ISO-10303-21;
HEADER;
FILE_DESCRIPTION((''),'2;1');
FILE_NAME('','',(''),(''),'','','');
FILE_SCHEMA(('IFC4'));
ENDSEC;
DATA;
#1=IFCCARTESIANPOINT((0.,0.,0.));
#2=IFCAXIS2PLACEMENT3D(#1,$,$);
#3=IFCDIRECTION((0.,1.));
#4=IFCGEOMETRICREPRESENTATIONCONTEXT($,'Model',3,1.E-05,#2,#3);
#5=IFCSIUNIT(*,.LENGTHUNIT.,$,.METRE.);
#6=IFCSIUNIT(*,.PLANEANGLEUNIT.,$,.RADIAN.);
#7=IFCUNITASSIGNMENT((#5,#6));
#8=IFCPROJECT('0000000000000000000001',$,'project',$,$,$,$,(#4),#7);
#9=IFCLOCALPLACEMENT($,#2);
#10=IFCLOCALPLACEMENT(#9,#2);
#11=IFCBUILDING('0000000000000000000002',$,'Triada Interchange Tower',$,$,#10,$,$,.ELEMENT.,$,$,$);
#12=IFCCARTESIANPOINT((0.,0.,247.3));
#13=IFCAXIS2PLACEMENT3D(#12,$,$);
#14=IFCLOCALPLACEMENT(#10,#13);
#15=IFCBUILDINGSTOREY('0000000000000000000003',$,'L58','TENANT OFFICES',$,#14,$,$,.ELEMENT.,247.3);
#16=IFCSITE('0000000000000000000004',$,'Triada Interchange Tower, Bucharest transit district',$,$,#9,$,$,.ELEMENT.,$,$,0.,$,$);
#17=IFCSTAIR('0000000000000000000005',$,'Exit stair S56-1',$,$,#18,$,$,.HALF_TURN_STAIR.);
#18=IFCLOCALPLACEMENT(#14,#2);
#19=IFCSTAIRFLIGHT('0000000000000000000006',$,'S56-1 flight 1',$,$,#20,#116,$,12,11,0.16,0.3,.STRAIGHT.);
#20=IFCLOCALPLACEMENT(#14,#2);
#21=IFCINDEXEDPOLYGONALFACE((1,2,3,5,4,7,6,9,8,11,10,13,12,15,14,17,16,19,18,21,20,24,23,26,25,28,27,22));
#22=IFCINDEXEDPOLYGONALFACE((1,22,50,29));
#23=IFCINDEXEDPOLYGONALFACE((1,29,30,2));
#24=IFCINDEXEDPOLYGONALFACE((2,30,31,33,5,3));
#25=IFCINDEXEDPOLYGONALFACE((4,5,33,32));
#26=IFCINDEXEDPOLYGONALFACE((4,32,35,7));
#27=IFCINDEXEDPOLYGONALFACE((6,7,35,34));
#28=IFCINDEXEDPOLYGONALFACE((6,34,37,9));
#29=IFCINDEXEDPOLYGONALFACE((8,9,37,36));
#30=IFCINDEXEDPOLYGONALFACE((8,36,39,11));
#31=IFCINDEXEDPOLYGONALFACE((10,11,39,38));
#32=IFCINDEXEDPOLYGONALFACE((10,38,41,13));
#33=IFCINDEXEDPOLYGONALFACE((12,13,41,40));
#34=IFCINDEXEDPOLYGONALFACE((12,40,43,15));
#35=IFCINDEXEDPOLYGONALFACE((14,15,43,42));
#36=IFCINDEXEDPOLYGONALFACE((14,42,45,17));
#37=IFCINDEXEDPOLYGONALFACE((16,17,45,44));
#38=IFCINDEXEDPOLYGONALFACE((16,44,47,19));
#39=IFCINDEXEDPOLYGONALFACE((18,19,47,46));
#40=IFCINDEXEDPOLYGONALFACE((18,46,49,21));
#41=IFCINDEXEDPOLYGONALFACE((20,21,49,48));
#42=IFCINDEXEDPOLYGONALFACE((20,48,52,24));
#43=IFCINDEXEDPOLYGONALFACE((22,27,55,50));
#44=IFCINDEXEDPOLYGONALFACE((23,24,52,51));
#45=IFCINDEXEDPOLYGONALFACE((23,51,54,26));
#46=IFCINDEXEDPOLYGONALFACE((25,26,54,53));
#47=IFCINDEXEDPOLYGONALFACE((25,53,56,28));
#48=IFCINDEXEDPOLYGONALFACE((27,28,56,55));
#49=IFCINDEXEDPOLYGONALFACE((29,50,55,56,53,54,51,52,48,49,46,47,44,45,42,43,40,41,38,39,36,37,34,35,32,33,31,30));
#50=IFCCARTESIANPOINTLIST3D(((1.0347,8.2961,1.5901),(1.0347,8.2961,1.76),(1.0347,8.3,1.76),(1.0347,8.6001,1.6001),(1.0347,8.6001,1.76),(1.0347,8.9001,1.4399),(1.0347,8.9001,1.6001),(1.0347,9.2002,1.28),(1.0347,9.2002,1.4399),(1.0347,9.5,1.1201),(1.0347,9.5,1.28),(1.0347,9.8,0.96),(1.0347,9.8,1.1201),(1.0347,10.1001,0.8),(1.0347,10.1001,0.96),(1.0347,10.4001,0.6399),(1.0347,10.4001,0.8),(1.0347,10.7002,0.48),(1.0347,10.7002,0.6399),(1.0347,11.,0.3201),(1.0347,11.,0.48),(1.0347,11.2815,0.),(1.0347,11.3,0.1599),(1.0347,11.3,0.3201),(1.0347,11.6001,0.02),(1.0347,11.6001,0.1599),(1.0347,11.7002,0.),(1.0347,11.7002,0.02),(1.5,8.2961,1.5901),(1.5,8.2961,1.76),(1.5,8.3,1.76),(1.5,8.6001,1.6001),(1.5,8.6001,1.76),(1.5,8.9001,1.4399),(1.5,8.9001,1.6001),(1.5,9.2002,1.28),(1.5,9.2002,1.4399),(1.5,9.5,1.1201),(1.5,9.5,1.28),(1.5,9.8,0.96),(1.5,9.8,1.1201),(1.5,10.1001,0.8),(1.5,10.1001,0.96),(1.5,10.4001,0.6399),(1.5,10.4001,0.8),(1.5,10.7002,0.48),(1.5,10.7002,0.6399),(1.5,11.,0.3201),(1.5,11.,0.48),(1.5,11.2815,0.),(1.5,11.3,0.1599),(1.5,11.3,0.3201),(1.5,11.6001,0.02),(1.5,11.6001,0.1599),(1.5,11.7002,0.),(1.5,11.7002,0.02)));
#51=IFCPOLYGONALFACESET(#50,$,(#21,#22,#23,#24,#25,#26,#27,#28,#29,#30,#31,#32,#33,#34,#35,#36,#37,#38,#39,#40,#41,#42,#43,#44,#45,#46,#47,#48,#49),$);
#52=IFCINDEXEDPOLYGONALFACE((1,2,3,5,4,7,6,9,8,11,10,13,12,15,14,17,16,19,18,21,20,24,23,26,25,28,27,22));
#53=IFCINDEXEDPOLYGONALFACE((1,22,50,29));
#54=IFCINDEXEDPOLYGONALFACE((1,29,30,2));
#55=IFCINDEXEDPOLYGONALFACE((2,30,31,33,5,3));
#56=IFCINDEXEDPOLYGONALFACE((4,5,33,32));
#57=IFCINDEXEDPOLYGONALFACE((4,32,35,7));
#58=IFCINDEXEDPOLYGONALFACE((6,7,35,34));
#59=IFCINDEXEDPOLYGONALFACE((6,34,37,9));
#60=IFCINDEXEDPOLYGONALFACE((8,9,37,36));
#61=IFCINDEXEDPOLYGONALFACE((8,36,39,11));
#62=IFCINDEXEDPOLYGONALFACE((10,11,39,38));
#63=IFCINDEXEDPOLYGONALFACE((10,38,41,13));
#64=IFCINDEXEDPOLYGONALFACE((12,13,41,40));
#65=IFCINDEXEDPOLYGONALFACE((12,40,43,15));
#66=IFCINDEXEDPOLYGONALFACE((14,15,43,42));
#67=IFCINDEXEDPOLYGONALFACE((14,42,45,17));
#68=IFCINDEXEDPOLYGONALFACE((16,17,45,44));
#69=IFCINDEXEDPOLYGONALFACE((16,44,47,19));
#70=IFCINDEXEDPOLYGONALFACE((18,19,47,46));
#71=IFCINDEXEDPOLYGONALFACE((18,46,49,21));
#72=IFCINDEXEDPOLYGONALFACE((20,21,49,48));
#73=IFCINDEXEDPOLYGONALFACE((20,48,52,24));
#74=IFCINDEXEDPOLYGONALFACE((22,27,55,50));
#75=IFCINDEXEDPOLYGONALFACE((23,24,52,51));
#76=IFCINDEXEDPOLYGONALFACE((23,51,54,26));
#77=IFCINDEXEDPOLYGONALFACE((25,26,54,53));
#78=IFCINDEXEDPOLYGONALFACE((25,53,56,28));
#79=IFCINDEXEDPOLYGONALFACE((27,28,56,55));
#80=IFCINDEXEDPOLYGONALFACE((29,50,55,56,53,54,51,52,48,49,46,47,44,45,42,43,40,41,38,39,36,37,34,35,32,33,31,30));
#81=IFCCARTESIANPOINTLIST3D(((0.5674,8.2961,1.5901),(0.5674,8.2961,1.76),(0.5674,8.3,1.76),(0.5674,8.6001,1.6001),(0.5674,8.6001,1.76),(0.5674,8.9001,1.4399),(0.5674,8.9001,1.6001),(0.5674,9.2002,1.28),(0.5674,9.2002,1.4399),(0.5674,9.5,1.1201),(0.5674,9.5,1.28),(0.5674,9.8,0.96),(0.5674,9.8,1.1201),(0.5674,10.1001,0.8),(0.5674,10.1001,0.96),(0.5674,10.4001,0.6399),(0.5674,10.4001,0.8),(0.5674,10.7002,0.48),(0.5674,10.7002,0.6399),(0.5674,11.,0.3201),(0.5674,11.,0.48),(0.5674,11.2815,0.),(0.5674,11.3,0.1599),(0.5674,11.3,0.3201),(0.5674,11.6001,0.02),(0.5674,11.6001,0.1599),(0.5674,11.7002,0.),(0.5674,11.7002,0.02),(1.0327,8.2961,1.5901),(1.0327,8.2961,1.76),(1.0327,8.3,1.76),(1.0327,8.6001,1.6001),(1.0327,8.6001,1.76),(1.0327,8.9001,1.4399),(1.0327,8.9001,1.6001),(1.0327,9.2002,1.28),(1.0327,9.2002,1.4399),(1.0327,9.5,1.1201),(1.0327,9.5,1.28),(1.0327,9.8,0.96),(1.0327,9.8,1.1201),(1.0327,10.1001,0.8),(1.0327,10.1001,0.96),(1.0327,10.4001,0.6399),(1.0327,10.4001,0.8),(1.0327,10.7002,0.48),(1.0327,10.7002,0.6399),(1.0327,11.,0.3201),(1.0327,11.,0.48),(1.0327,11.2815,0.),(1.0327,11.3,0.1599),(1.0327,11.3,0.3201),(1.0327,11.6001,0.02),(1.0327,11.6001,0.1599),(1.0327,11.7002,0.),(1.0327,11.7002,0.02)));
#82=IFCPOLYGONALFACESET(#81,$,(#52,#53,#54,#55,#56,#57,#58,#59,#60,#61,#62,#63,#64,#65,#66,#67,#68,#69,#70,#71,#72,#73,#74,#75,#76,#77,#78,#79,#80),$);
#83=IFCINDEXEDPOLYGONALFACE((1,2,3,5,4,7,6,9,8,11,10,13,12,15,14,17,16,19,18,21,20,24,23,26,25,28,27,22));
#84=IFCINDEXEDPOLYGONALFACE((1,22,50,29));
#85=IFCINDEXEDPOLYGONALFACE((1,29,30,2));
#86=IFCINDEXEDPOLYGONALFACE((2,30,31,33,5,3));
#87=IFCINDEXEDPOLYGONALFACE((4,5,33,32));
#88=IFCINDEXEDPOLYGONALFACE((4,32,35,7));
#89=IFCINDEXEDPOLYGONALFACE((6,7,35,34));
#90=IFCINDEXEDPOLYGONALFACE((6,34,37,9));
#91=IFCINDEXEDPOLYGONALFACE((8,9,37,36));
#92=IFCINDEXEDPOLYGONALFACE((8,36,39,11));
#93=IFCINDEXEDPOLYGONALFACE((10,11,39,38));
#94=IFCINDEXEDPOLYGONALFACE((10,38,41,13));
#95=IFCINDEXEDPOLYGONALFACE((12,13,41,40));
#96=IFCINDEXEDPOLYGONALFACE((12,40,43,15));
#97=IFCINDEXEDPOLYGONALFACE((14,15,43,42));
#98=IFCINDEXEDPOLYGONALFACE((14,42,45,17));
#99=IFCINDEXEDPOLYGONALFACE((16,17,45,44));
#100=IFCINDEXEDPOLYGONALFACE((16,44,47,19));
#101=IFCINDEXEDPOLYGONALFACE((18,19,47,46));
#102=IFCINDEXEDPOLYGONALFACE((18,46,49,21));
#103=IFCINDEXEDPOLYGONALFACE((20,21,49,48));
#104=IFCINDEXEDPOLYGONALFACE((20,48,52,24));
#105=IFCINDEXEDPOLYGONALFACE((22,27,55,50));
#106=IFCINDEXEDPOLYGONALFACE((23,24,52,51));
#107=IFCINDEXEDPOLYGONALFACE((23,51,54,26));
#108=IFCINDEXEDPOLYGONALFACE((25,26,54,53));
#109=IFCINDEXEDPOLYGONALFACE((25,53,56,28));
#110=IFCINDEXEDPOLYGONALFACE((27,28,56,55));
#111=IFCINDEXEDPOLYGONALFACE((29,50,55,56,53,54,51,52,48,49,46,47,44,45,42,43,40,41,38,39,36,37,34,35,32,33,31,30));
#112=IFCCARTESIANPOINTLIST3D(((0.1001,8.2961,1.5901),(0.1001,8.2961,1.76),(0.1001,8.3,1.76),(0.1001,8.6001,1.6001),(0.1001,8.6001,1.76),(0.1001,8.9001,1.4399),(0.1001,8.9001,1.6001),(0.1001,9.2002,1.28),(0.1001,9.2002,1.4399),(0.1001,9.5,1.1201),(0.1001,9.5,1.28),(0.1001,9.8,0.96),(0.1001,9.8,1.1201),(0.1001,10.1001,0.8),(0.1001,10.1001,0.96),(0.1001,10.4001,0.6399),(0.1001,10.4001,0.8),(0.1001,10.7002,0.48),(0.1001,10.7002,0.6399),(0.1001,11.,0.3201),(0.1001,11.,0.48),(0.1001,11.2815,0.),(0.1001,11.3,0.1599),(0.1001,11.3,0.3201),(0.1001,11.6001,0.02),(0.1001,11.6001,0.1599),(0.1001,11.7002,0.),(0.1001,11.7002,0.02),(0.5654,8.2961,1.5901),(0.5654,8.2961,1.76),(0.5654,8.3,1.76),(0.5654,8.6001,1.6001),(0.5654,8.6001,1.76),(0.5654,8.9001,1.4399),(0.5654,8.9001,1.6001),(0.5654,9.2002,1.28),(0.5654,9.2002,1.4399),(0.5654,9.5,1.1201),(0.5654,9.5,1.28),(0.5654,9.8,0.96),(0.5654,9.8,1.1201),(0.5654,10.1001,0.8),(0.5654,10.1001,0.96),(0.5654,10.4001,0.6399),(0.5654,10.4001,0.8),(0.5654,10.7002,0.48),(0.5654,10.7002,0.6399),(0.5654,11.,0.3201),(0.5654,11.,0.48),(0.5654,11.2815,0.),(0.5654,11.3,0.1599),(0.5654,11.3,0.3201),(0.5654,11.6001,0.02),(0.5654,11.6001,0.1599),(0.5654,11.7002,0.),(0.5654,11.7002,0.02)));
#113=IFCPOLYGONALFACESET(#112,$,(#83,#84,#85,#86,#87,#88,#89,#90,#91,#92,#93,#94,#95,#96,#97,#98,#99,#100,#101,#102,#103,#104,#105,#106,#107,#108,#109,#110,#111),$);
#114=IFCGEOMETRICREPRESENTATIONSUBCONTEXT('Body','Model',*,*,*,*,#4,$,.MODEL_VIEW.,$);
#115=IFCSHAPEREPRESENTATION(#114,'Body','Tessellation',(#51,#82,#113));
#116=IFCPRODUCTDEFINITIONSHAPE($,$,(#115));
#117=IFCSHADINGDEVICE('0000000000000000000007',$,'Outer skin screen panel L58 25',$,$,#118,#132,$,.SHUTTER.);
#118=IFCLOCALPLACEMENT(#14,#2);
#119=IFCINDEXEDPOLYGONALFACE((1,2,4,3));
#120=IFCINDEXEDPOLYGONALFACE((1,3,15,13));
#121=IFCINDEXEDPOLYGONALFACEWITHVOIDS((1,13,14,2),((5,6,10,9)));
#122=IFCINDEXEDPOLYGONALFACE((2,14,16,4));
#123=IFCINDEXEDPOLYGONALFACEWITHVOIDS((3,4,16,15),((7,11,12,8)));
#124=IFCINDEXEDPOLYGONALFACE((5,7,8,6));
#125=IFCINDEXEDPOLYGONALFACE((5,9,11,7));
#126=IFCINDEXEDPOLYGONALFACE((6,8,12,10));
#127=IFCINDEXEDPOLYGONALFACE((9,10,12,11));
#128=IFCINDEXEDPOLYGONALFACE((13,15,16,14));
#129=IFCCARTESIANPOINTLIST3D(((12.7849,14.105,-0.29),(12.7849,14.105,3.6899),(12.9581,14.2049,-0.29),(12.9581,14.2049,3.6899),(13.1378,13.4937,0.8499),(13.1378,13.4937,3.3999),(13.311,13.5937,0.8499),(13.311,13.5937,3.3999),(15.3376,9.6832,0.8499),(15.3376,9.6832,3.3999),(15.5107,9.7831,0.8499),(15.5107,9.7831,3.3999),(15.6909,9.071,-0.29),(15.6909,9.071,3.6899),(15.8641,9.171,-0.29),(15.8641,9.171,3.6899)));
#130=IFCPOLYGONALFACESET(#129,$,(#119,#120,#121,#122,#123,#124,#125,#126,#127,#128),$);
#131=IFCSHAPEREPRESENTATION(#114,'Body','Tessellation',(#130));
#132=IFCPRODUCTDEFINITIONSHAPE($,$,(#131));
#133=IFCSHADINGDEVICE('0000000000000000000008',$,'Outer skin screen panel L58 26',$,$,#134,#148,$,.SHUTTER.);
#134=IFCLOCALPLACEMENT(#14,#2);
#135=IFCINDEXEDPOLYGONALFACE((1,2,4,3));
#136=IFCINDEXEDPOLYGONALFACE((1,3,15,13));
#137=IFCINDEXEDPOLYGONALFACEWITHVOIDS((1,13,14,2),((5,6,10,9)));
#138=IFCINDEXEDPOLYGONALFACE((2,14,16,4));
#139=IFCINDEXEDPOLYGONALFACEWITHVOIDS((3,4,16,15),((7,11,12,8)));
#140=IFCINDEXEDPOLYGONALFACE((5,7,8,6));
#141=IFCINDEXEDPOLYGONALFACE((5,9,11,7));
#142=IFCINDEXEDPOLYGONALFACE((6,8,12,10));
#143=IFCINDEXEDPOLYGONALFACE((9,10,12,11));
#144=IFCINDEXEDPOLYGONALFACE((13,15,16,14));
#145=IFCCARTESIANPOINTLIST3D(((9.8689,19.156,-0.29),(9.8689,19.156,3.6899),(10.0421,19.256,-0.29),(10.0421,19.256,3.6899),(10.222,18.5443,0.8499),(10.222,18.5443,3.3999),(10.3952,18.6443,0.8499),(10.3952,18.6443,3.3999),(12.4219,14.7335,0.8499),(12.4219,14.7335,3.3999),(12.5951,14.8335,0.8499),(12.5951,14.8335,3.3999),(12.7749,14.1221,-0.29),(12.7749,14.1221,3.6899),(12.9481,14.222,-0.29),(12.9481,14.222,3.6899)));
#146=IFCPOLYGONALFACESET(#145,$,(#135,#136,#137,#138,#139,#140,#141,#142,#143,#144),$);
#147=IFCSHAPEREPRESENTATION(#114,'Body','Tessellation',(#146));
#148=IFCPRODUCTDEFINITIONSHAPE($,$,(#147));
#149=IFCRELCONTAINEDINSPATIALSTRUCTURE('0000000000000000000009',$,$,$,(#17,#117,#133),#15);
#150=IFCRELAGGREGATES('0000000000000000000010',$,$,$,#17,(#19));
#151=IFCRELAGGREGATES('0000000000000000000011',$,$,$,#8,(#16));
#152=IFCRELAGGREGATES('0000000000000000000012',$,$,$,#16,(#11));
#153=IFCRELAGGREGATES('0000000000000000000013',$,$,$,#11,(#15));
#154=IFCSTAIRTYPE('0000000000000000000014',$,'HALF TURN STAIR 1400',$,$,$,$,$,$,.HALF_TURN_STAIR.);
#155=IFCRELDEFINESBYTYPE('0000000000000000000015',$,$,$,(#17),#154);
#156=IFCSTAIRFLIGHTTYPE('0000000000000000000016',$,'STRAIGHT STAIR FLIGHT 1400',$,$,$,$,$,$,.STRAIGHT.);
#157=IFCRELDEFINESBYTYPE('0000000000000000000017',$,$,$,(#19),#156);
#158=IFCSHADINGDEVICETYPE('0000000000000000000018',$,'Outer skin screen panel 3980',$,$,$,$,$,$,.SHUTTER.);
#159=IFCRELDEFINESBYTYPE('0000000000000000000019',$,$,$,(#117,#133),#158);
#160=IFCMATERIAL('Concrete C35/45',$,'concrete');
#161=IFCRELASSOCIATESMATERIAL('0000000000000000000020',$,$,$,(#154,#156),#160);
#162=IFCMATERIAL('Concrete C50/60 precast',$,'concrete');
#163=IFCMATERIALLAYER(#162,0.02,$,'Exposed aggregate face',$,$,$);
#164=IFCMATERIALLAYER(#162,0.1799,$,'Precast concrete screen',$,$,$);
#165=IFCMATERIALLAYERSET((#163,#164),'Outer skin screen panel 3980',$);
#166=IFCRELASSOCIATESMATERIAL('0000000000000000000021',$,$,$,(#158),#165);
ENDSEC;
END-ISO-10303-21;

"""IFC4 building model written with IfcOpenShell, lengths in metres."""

from ifc_helpers import new_model, si_unit, direction, frame, origin, place, context, subcontext, project, spatial, polyline, outline, extrude, material, layer, layer_set, type_object, element, aggregate, save


model = new_model("IFC4")

# Units and contexts
model_context = context("Model", 3, precision=1e-05, world=origin(), true_north=direction((0.0, 1.0)))
body_context = subcontext(model_context, "Body", "Model", "MODEL_VIEW")
ifc_project = project(units=[si_unit("LENGTHUNIT", "METRE"), si_unit("PLANEANGLEUNIT", "RADIAN")], contexts=[model_context])

# Site, building, storey
site_placement = place(None, origin())
site = spatial("IfcSite", under=ifc_project, at=site_placement, Name="Triada Interchange Tower, Bucharest transit district", CompositionType="ELEMENT", RefElevation=0.0)
building_placement = place(site_placement, origin())
building = spatial("IfcBuilding", under=site, at=building_placement, Name="Triada Interchange Tower", CompositionType="ELEMENT")
storey_placement = place(building_placement, frame((0.0, 0.0, 247.3)))
storey = spatial("IfcBuildingStorey", under=building, at=storey_placement, Name="L58", Description="TENANT OFFICES", CompositionType="ELEMENT", Elevation=247.3)

# Stair, stair flight
ifc_material_1 = material(Name="Concrete C35/45", Category="concrete")
stair_type = type_object("IfcStairType", Name="HALF TURN STAIR 1400", PredefinedType="HALF_TURN_STAIR", material=ifc_material_1)
stair_placement = place(storey_placement, origin())
stair = element("IfcStair", 1, at=stair_placement, inside=storey, type_object=stair_type, Name="Exit stair S56-1", PredefinedType="HALF_TURN_STAIR")
stair_flight_type = type_object("IfcStairFlightType", Name="STRAIGHT STAIR FLIGHT 1400", PredefinedType="STRAIGHT", material=ifc_material_1)
stair_flight_placement = place(storey_placement, frame((0.8, 11.6001, 0.0), z_axis=(0.0, 0.0, 1.0), x_axis=(0.0, -1.0, 0.0)))
stair_flight = element("IfcStairFlight", 2, at=stair_flight_placement, type_object=stair_flight_type, Name="S56-1 flight 1", NumberOfRisers=12, NumberOfTreads=11, PredefinedType="STRAIGHT", RiserHeight=0.16, TreadLength=0.3, context=body_context, shape_type="SweptSolid", body=[
    extrude(outline(polyline([(-0.1001, 0.0), (-0.1001, 0.02), (0.0, 0.02), (0.0, 0.1599), (0.3, 0.1599), (0.3, 0.3201), (0.6001, 0.3201), (0.6001, 0.48), (0.8999, 0.48), (0.8999, 0.6399), (1.2, 0.6399), (1.2, 0.8), (1.5, 0.8), (1.5, 0.96), (1.8, 0.96), (1.8, 1.1201), (2.1001, 1.1201), (2.1001, 1.28), (2.3999, 1.28), (2.3999, 1.4399), (2.7, 1.4399), (2.7, 1.6001), (3.0, 1.6001), (3.0, 1.76), (3.3, 1.76), (3.304, 1.76), (3.304, 1.9199), (3.304, 1.5901), (0.3186, 0.0), (-0.1001, 0.0)])), frame((0.0, 0.7, 0.0), z_axis=(0.0, -1.0, 0.0), x_axis=(1.0, 0.0, 0.0)), (0.0, 0.0, 1.0), 0.4653),
    extrude(outline(polyline([(-0.1001, 0.0), (-0.1001, 0.02), (0.0, 0.02), (0.0, 0.1599), (0.3, 0.1599), (0.3, 0.3201), (0.6001, 0.3201), (0.6001, 0.48), (0.8999, 0.48), (0.8999, 0.6399), (1.2, 0.6399), (1.2, 0.8), (1.5, 0.8), (1.5, 0.96), (1.8, 0.96), (1.8, 1.1201), (2.1001, 1.1201), (2.1001, 1.28), (2.3999, 1.28), (2.3999, 1.4399), (2.7, 1.4399), (2.7, 1.6001), (3.0, 1.6001), (3.0, 1.76), (3.3, 1.76), (3.304, 1.76), (3.304, 1.9199), (3.304, 1.5901), (0.3186, 0.0), (-0.1001, 0.0)])), frame((0.0, 0.2327, 0.0), z_axis=(0.0, -1.0, 0.0), x_axis=(1.0, 0.0, 0.0)), (0.0, 0.0, 1.0), 0.4653),
    extrude(outline(polyline([(-0.1001, 0.0), (-0.1001, 0.02), (0.0, 0.02), (0.0, 0.1599), (0.3, 0.1599), (0.3, 0.3201), (0.6001, 0.3201), (0.6001, 0.48), (0.8999, 0.48), (0.8999, 0.6399), (1.2, 0.6399), (1.2, 0.8), (1.5, 0.8), (1.5, 0.96), (1.8, 0.96), (1.8, 1.1201), (2.1001, 1.1201), (2.1001, 1.28), (2.3999, 1.28), (2.3999, 1.4399), (2.7, 1.4399), (2.7, 1.6001), (3.0, 1.6001), (3.0, 1.76), (3.3, 1.76), (3.304, 1.76), (3.304, 1.9199), (3.304, 1.5901), (0.3186, 0.0), (-0.1001, 0.0)])), frame((0.0, -0.2346, 0.0), z_axis=(0.0, -1.0, 0.0), x_axis=(1.0, 0.0, 0.0)), (0.0, 0.0, 1.0), 0.4653),
])

# Shading devices
ifc_material_2 = material(Name="Concrete C50/60 precast", Category="concrete")
ifc_layer_1 = layer(ifc_material_2, 0.02, Name="Exposed aggregate face")
ifc_layer_2 = layer(ifc_material_2, 0.1799, Name="Precast concrete screen")
ifc_layer_set_1 = layer_set([ifc_layer_1, ifc_layer_2], Name="Outer skin screen panel 3980")
shading_device_type = type_object("IfcShadingDeviceType", Name="Outer skin screen panel 3980", PredefinedType="SHUTTER", material=ifc_layer_set_1)
shading_device_1_placement = place(storey_placement, frame((15.6909, 9.071, -0.29), z_axis=(0.0, 0.0, 1.0), x_axis=(-0.499956, 0.866051, 0.0)))
element("IfcShadingDevice", 3, at=shading_device_1_placement, inside=storey, type_object=shading_device_type, Name="Outer skin screen panel L58 25", PredefinedType="SHUTTER", context=body_context, shape_type="SweptSolid", body=[
    extrude(outline(polyline([(0.0, 0.0), (5.8125, 0.0), (5.8125, 3.98), (0.0, 3.98), (0.0, 0.0)]), holes=[polyline([(0.7068, 1.1399), (0.7068, 3.6899), (5.1067, 3.6899), (5.1067, 1.1399), (0.7068, 1.1399)])]), frame((0.0, 0.0, 0.0), z_axis=(0.0, -1.0, 0.0), x_axis=(1.0, 0.0, 0.0)), (0.0, 0.0, 1.0), 0.2),
])
shading_device_2_placement = place(storey_placement, frame((12.7749, 14.1221, -0.29), z_axis=(0.0, 0.0, 1.0), x_axis=(-0.499956, 0.866051, 0.0)))
element("IfcShadingDevice", 4, at=shading_device_2_placement, inside=storey, type_object=shading_device_type, Name="Outer skin screen panel L58 26", PredefinedType="SHUTTER", context=body_context, shape_type="SweptSolid", body=[
    extrude(outline(polyline([(0.0, 0.0), (5.8125, 0.0), (5.8125, 3.98), (0.0, 3.98), (0.0, 0.0)]), holes=[polyline([(0.7061, 1.1399), (0.7061, 3.6899), (5.1062, 3.6899), (5.1062, 1.1399), (0.7061, 1.1399)])]), frame((0.0, 0.0, 0.0), z_axis=(0.0, -1.0, 0.0), x_axis=(1.0, 0.0, 0.0)), (0.0, 0.0, 1.0), 0.2),
])

aggregate(stair, [stair_flight])

save(model, "model.ifc")
